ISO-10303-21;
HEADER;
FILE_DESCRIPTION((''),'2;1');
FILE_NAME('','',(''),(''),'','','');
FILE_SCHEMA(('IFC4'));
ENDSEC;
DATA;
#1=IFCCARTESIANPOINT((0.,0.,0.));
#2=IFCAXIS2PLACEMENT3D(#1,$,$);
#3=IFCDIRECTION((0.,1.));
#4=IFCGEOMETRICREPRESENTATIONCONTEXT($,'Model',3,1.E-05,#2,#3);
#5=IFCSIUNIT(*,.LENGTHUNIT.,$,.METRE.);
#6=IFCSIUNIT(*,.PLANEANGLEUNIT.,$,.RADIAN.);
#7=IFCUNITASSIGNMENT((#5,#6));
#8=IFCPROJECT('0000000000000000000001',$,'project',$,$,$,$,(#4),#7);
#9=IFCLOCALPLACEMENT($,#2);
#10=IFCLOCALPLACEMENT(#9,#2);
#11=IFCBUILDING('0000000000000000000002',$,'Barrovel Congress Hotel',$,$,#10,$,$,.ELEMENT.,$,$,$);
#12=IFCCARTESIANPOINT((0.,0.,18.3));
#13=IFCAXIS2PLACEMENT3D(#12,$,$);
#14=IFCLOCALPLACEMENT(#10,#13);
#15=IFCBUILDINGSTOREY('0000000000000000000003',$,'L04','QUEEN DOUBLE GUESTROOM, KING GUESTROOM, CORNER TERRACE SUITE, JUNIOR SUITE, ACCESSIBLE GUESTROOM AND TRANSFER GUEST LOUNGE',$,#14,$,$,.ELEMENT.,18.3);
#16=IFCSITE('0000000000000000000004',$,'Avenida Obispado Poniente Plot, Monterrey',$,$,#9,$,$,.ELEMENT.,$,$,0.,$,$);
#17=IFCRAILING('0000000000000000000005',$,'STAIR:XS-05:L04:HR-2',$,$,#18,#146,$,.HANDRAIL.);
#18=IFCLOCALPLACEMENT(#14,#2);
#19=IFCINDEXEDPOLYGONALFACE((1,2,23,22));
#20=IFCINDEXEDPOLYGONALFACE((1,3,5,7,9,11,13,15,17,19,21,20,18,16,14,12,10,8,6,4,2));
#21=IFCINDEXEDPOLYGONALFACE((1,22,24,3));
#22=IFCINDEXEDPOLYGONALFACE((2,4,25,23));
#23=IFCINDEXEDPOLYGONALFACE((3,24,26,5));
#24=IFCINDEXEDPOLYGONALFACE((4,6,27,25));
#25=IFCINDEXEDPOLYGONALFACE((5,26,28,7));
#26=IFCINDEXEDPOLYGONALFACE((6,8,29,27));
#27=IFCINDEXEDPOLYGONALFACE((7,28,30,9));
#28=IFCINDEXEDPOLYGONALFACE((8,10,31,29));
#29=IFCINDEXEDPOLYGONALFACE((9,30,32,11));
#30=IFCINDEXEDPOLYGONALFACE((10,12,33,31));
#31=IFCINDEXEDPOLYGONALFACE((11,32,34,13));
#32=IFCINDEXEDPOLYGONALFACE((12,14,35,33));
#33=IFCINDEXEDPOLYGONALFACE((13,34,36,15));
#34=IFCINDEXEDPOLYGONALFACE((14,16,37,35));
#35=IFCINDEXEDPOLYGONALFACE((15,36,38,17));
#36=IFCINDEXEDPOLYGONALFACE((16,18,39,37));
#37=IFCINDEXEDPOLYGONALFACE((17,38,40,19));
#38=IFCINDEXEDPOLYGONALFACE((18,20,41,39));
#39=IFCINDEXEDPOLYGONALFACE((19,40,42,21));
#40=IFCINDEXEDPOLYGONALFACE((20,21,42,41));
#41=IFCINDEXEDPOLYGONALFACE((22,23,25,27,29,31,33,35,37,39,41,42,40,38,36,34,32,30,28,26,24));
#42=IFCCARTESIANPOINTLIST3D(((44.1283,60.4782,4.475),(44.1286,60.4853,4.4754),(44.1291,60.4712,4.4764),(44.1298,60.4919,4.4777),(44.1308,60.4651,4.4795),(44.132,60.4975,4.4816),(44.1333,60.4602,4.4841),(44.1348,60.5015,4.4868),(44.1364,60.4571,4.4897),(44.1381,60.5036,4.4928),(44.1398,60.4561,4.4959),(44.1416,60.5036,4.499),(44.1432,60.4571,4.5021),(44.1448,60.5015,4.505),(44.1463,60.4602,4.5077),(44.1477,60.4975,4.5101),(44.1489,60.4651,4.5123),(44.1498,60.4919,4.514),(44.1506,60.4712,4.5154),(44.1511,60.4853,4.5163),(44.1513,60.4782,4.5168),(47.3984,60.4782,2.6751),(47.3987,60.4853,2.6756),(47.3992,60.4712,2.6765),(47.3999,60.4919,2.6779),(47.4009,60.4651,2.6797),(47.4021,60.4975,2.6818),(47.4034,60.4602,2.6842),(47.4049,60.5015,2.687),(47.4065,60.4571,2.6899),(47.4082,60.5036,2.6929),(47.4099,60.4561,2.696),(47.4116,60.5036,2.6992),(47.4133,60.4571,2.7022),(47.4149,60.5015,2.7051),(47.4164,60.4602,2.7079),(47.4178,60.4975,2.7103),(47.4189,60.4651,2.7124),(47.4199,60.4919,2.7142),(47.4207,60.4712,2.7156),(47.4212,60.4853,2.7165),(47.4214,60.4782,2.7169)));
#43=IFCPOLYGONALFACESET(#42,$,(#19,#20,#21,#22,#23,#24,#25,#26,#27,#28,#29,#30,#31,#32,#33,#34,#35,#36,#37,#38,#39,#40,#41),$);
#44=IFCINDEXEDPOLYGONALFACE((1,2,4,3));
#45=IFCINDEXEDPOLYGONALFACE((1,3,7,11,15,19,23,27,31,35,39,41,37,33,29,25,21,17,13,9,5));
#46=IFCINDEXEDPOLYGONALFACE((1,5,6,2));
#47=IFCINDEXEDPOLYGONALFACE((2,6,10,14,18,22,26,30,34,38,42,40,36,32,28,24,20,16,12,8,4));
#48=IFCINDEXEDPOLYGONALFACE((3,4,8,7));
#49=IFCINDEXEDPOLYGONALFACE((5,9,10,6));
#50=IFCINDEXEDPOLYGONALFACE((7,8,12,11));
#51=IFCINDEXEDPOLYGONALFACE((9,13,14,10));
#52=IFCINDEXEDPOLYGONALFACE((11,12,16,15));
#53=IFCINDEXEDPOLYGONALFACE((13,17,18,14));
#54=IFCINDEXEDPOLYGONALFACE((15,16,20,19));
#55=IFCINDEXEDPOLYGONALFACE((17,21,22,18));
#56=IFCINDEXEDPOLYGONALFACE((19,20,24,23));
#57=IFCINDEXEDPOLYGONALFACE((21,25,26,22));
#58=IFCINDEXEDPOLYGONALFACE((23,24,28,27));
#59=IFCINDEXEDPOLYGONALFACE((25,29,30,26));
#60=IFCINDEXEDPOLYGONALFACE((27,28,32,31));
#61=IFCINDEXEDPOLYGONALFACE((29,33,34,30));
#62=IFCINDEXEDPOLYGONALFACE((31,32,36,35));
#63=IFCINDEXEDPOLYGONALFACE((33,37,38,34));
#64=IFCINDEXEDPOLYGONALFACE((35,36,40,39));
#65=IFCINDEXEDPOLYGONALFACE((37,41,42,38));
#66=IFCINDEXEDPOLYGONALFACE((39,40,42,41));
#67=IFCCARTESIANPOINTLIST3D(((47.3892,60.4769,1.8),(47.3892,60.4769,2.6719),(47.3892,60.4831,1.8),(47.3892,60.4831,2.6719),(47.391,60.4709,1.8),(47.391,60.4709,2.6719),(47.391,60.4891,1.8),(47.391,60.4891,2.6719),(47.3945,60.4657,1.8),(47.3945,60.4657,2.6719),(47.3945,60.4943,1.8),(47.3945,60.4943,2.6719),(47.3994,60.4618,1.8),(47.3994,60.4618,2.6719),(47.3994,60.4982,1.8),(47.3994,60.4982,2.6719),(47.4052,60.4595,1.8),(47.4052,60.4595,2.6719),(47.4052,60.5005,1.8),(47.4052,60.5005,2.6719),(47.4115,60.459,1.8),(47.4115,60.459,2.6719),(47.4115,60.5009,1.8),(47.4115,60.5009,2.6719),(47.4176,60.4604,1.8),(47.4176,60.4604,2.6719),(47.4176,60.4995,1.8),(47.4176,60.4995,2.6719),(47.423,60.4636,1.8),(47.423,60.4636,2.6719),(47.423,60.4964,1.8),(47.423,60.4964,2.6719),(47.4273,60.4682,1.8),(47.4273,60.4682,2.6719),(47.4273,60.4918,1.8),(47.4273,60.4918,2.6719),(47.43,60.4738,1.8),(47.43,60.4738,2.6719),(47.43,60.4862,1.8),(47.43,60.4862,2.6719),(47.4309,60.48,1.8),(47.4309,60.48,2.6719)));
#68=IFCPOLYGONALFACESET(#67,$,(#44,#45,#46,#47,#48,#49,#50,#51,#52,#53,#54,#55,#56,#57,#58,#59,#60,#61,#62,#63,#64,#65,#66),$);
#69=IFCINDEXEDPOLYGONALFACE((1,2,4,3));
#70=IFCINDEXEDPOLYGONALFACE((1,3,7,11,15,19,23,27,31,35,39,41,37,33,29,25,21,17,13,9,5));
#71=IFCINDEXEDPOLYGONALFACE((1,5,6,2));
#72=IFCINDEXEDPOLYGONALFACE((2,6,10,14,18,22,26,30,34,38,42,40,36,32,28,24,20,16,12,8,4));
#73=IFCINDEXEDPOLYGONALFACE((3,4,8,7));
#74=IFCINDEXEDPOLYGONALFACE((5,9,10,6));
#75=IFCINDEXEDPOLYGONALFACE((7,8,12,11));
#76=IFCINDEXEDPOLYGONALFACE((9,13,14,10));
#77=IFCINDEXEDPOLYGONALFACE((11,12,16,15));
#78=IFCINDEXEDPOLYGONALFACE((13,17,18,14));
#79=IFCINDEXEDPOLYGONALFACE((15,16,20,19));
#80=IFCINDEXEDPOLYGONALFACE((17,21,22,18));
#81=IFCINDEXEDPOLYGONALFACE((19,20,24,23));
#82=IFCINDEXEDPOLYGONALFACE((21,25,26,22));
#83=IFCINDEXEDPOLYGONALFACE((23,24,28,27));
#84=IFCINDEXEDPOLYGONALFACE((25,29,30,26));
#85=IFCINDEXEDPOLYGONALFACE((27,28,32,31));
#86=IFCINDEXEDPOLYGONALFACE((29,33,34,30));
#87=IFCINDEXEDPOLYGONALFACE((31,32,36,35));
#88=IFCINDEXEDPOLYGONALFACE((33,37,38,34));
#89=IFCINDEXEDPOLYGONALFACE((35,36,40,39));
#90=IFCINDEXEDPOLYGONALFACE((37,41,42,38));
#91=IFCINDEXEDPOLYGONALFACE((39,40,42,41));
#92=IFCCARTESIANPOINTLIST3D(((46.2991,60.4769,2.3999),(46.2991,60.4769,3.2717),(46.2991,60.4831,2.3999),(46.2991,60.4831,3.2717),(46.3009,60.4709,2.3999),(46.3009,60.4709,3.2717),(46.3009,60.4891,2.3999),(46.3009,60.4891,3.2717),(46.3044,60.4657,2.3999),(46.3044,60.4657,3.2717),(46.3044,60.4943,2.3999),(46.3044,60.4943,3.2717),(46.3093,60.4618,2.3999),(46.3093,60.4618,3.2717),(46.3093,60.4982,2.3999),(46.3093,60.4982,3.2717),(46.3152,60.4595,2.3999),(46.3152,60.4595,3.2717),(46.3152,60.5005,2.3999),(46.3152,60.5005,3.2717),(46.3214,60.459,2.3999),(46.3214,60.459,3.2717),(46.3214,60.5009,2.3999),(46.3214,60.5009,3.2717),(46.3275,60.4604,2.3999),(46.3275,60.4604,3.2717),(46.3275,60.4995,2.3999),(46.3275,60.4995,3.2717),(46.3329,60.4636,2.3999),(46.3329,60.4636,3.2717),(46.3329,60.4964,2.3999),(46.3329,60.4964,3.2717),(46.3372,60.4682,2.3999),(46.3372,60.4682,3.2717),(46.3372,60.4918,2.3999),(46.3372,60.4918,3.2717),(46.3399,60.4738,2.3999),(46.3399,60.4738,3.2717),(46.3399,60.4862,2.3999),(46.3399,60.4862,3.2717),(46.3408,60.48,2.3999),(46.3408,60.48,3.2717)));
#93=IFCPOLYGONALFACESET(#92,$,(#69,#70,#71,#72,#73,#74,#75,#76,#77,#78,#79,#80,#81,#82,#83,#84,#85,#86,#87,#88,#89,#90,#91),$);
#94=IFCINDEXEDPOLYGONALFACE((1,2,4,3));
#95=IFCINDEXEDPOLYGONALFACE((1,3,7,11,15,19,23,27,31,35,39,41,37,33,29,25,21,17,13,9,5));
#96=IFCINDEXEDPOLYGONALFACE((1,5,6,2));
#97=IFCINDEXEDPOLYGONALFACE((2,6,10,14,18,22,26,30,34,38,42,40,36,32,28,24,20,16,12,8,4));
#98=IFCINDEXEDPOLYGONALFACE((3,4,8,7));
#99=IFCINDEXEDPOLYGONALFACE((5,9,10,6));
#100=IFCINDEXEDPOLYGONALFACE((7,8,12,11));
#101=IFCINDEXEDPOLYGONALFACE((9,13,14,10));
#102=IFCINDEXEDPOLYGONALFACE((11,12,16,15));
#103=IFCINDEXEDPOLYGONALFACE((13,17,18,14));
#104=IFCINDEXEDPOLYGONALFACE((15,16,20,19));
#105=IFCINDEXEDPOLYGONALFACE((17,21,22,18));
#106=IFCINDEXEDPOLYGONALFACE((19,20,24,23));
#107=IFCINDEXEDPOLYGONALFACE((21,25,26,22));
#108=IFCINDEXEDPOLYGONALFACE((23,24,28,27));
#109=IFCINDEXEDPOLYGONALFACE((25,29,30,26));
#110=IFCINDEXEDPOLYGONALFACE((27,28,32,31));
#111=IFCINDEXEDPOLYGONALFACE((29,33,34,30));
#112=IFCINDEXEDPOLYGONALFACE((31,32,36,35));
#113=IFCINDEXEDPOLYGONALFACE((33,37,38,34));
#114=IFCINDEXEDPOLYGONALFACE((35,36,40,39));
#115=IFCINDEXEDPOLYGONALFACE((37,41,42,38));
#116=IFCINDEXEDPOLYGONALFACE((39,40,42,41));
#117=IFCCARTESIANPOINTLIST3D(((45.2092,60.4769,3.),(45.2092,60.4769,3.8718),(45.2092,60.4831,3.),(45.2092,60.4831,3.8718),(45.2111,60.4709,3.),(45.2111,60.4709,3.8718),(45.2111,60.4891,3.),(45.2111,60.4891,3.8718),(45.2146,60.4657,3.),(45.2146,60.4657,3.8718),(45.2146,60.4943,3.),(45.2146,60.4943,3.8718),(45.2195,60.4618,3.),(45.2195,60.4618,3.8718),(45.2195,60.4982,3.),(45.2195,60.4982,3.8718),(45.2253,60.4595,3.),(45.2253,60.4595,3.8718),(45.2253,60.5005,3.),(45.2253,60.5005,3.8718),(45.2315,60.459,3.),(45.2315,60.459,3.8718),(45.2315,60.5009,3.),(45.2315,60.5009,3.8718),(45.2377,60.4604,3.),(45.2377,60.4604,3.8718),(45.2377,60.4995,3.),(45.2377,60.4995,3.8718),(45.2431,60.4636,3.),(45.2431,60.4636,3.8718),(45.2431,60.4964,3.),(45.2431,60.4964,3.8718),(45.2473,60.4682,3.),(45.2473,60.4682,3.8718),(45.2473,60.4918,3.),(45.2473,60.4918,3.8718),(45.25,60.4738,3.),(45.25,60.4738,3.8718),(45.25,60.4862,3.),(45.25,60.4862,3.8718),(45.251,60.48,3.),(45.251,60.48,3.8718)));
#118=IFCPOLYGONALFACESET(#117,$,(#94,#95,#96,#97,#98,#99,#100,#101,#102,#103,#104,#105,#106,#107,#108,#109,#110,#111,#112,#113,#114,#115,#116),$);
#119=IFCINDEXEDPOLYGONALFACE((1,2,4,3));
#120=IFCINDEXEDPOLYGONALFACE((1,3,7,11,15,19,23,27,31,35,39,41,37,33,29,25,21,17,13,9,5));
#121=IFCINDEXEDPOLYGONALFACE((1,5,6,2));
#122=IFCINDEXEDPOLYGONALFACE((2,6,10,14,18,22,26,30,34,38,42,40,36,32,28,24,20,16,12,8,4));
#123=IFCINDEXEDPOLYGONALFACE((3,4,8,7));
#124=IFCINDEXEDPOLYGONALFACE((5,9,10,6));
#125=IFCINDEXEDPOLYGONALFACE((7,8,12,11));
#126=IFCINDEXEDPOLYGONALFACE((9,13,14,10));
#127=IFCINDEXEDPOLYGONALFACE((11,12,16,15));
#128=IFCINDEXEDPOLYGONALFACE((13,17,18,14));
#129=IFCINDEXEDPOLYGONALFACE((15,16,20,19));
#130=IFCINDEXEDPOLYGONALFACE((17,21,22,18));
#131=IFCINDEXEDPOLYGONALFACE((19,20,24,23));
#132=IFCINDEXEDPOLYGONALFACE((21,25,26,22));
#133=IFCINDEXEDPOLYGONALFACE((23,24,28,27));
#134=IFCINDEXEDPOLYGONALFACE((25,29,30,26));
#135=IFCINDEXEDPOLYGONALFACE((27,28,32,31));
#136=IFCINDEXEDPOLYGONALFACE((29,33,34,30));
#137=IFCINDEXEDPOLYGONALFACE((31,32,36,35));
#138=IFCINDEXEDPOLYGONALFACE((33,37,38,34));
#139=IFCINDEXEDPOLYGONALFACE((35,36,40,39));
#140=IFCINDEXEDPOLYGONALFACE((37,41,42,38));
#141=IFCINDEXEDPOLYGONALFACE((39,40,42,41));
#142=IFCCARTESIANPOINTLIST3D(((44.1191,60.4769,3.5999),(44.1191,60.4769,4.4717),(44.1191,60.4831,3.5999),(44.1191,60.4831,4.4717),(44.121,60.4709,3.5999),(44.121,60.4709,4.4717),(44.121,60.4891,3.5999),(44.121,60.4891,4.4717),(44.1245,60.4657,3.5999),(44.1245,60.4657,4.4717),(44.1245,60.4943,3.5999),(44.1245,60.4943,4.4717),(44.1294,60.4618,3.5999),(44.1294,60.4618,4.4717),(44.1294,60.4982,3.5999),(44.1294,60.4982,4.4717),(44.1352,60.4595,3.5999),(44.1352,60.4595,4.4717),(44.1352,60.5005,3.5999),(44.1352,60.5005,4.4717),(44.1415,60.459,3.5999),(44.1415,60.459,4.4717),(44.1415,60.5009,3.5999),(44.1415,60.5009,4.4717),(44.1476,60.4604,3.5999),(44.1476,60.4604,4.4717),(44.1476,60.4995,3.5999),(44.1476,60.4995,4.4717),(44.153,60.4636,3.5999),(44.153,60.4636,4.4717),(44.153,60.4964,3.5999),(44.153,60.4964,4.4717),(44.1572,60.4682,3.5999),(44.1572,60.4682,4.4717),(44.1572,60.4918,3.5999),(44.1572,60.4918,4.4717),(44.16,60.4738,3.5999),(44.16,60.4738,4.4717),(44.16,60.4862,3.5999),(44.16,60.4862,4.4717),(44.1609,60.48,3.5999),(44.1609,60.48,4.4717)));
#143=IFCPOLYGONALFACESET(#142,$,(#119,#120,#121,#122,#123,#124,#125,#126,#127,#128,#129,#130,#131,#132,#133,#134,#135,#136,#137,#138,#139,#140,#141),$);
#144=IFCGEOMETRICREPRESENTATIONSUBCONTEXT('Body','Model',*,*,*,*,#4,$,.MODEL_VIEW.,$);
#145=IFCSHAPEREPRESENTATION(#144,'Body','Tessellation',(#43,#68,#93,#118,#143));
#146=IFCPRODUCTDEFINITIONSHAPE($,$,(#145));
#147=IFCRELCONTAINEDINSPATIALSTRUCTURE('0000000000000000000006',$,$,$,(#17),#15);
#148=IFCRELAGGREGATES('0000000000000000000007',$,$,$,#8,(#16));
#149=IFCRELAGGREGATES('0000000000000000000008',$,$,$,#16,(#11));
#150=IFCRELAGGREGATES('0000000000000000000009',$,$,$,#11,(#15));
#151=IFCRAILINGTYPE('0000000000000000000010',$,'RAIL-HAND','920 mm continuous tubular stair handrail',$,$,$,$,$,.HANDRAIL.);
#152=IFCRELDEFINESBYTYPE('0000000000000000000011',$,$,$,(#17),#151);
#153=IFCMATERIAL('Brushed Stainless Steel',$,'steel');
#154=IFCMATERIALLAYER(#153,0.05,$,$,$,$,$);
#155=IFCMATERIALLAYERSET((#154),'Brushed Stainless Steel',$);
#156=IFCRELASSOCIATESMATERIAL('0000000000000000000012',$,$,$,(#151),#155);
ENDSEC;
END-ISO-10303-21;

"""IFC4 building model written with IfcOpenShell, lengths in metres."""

from ifc_helpers import new_model, si_unit, direction, frame, origin, origin_2d, place, context, subcontext, project, spatial, circle, extrude, material, layer, layer_set, type_object, element, save


model = new_model("IFC4")

# Units and contexts
model_context = context("Model", 3, precision=1e-05, world=origin(), true_north=direction((0.0, 1.0)))
body_context = subcontext(model_context, "Body", "Model", "MODEL_VIEW")
ifc_project = project(units=[si_unit("LENGTHUNIT", "METRE"), si_unit("PLANEANGLEUNIT", "RADIAN")], contexts=[model_context])

# Site, building, storey
site_placement = place(None, origin())
site = spatial("IfcSite", under=ifc_project, at=site_placement, Name="Avenida Obispado Poniente Plot, Monterrey", CompositionType="ELEMENT", RefElevation=0.0)
building_placement = place(site_placement, origin())
building = spatial("IfcBuilding", under=site, at=building_placement, Name="Barrovel Congress Hotel", CompositionType="ELEMENT")
storey_placement = place(building_placement, frame((0.0, 0.0, 18.3)))
storey = spatial("IfcBuildingStorey", under=building, at=storey_placement, Name="L04", Description="QUEEN DOUBLE GUESTROOM, KING GUESTROOM, CORNER TERRACE SUITE, JUNIOR SUITE, ACCESSIBLE GUESTROOM AND TRANSFER GUEST LOUNGE", CompositionType="ELEMENT", Elevation=18.3)

# Railing
ifc_material_1 = material(Name="Brushed Stainless Steel", Category="steel")
ifc_layer_1 = layer(ifc_material_1, 0.05)
ifc_layer_set_1 = layer_set([ifc_layer_1], Name="Brushed Stainless Steel")
railing_type_1 = type_object("IfcRailingType", Name="RAIL-HAND", Description="920 mm continuous tubular stair handrail", PredefinedType="HANDRAIL", material=ifc_layer_set_1)
railing_1_placement = place(storey_placement, frame((47.4099, 60.48, 1.8)))
element("IfcRailing", 1, at=railing_1_placement, inside=storey, type_object=railing_type_1, Name="STAIR:XS-05:L04:HR-2", PredefinedType="HANDRAIL", context=body_context, shape_type="SweptSolid", body=[
    extrude(circle(Radius=0.0239, at=origin_2d()), frame((0.0, 0.0, 0.896), z_axis=(-0.876069, 0.0, 0.482185), x_axis=(0.0, -1.0, 0.0)), (0.0, 0.0, 1.0), 3.7327),
    extrude(circle(Radius=0.021, at=origin_2d()), origin(), (0.0, 0.0, 1.0), 0.8718),
    extrude(circle(Radius=0.021, at=origin_2d()), frame((-1.0901, 0.0, 0.5999)), (0.0, 0.0, 1.0), 0.8718),
    extrude(circle(Radius=0.021, at=origin_2d()), frame((-2.1799, 0.0, 1.2)), (0.0, 0.0, 1.0), 0.8718),
    extrude(circle(Radius=0.021, at=origin_2d()), frame((-3.27, 0.0, 1.7998)), (0.0, 0.0, 1.0), 0.8718),
])

save(model, "model.ifc")
